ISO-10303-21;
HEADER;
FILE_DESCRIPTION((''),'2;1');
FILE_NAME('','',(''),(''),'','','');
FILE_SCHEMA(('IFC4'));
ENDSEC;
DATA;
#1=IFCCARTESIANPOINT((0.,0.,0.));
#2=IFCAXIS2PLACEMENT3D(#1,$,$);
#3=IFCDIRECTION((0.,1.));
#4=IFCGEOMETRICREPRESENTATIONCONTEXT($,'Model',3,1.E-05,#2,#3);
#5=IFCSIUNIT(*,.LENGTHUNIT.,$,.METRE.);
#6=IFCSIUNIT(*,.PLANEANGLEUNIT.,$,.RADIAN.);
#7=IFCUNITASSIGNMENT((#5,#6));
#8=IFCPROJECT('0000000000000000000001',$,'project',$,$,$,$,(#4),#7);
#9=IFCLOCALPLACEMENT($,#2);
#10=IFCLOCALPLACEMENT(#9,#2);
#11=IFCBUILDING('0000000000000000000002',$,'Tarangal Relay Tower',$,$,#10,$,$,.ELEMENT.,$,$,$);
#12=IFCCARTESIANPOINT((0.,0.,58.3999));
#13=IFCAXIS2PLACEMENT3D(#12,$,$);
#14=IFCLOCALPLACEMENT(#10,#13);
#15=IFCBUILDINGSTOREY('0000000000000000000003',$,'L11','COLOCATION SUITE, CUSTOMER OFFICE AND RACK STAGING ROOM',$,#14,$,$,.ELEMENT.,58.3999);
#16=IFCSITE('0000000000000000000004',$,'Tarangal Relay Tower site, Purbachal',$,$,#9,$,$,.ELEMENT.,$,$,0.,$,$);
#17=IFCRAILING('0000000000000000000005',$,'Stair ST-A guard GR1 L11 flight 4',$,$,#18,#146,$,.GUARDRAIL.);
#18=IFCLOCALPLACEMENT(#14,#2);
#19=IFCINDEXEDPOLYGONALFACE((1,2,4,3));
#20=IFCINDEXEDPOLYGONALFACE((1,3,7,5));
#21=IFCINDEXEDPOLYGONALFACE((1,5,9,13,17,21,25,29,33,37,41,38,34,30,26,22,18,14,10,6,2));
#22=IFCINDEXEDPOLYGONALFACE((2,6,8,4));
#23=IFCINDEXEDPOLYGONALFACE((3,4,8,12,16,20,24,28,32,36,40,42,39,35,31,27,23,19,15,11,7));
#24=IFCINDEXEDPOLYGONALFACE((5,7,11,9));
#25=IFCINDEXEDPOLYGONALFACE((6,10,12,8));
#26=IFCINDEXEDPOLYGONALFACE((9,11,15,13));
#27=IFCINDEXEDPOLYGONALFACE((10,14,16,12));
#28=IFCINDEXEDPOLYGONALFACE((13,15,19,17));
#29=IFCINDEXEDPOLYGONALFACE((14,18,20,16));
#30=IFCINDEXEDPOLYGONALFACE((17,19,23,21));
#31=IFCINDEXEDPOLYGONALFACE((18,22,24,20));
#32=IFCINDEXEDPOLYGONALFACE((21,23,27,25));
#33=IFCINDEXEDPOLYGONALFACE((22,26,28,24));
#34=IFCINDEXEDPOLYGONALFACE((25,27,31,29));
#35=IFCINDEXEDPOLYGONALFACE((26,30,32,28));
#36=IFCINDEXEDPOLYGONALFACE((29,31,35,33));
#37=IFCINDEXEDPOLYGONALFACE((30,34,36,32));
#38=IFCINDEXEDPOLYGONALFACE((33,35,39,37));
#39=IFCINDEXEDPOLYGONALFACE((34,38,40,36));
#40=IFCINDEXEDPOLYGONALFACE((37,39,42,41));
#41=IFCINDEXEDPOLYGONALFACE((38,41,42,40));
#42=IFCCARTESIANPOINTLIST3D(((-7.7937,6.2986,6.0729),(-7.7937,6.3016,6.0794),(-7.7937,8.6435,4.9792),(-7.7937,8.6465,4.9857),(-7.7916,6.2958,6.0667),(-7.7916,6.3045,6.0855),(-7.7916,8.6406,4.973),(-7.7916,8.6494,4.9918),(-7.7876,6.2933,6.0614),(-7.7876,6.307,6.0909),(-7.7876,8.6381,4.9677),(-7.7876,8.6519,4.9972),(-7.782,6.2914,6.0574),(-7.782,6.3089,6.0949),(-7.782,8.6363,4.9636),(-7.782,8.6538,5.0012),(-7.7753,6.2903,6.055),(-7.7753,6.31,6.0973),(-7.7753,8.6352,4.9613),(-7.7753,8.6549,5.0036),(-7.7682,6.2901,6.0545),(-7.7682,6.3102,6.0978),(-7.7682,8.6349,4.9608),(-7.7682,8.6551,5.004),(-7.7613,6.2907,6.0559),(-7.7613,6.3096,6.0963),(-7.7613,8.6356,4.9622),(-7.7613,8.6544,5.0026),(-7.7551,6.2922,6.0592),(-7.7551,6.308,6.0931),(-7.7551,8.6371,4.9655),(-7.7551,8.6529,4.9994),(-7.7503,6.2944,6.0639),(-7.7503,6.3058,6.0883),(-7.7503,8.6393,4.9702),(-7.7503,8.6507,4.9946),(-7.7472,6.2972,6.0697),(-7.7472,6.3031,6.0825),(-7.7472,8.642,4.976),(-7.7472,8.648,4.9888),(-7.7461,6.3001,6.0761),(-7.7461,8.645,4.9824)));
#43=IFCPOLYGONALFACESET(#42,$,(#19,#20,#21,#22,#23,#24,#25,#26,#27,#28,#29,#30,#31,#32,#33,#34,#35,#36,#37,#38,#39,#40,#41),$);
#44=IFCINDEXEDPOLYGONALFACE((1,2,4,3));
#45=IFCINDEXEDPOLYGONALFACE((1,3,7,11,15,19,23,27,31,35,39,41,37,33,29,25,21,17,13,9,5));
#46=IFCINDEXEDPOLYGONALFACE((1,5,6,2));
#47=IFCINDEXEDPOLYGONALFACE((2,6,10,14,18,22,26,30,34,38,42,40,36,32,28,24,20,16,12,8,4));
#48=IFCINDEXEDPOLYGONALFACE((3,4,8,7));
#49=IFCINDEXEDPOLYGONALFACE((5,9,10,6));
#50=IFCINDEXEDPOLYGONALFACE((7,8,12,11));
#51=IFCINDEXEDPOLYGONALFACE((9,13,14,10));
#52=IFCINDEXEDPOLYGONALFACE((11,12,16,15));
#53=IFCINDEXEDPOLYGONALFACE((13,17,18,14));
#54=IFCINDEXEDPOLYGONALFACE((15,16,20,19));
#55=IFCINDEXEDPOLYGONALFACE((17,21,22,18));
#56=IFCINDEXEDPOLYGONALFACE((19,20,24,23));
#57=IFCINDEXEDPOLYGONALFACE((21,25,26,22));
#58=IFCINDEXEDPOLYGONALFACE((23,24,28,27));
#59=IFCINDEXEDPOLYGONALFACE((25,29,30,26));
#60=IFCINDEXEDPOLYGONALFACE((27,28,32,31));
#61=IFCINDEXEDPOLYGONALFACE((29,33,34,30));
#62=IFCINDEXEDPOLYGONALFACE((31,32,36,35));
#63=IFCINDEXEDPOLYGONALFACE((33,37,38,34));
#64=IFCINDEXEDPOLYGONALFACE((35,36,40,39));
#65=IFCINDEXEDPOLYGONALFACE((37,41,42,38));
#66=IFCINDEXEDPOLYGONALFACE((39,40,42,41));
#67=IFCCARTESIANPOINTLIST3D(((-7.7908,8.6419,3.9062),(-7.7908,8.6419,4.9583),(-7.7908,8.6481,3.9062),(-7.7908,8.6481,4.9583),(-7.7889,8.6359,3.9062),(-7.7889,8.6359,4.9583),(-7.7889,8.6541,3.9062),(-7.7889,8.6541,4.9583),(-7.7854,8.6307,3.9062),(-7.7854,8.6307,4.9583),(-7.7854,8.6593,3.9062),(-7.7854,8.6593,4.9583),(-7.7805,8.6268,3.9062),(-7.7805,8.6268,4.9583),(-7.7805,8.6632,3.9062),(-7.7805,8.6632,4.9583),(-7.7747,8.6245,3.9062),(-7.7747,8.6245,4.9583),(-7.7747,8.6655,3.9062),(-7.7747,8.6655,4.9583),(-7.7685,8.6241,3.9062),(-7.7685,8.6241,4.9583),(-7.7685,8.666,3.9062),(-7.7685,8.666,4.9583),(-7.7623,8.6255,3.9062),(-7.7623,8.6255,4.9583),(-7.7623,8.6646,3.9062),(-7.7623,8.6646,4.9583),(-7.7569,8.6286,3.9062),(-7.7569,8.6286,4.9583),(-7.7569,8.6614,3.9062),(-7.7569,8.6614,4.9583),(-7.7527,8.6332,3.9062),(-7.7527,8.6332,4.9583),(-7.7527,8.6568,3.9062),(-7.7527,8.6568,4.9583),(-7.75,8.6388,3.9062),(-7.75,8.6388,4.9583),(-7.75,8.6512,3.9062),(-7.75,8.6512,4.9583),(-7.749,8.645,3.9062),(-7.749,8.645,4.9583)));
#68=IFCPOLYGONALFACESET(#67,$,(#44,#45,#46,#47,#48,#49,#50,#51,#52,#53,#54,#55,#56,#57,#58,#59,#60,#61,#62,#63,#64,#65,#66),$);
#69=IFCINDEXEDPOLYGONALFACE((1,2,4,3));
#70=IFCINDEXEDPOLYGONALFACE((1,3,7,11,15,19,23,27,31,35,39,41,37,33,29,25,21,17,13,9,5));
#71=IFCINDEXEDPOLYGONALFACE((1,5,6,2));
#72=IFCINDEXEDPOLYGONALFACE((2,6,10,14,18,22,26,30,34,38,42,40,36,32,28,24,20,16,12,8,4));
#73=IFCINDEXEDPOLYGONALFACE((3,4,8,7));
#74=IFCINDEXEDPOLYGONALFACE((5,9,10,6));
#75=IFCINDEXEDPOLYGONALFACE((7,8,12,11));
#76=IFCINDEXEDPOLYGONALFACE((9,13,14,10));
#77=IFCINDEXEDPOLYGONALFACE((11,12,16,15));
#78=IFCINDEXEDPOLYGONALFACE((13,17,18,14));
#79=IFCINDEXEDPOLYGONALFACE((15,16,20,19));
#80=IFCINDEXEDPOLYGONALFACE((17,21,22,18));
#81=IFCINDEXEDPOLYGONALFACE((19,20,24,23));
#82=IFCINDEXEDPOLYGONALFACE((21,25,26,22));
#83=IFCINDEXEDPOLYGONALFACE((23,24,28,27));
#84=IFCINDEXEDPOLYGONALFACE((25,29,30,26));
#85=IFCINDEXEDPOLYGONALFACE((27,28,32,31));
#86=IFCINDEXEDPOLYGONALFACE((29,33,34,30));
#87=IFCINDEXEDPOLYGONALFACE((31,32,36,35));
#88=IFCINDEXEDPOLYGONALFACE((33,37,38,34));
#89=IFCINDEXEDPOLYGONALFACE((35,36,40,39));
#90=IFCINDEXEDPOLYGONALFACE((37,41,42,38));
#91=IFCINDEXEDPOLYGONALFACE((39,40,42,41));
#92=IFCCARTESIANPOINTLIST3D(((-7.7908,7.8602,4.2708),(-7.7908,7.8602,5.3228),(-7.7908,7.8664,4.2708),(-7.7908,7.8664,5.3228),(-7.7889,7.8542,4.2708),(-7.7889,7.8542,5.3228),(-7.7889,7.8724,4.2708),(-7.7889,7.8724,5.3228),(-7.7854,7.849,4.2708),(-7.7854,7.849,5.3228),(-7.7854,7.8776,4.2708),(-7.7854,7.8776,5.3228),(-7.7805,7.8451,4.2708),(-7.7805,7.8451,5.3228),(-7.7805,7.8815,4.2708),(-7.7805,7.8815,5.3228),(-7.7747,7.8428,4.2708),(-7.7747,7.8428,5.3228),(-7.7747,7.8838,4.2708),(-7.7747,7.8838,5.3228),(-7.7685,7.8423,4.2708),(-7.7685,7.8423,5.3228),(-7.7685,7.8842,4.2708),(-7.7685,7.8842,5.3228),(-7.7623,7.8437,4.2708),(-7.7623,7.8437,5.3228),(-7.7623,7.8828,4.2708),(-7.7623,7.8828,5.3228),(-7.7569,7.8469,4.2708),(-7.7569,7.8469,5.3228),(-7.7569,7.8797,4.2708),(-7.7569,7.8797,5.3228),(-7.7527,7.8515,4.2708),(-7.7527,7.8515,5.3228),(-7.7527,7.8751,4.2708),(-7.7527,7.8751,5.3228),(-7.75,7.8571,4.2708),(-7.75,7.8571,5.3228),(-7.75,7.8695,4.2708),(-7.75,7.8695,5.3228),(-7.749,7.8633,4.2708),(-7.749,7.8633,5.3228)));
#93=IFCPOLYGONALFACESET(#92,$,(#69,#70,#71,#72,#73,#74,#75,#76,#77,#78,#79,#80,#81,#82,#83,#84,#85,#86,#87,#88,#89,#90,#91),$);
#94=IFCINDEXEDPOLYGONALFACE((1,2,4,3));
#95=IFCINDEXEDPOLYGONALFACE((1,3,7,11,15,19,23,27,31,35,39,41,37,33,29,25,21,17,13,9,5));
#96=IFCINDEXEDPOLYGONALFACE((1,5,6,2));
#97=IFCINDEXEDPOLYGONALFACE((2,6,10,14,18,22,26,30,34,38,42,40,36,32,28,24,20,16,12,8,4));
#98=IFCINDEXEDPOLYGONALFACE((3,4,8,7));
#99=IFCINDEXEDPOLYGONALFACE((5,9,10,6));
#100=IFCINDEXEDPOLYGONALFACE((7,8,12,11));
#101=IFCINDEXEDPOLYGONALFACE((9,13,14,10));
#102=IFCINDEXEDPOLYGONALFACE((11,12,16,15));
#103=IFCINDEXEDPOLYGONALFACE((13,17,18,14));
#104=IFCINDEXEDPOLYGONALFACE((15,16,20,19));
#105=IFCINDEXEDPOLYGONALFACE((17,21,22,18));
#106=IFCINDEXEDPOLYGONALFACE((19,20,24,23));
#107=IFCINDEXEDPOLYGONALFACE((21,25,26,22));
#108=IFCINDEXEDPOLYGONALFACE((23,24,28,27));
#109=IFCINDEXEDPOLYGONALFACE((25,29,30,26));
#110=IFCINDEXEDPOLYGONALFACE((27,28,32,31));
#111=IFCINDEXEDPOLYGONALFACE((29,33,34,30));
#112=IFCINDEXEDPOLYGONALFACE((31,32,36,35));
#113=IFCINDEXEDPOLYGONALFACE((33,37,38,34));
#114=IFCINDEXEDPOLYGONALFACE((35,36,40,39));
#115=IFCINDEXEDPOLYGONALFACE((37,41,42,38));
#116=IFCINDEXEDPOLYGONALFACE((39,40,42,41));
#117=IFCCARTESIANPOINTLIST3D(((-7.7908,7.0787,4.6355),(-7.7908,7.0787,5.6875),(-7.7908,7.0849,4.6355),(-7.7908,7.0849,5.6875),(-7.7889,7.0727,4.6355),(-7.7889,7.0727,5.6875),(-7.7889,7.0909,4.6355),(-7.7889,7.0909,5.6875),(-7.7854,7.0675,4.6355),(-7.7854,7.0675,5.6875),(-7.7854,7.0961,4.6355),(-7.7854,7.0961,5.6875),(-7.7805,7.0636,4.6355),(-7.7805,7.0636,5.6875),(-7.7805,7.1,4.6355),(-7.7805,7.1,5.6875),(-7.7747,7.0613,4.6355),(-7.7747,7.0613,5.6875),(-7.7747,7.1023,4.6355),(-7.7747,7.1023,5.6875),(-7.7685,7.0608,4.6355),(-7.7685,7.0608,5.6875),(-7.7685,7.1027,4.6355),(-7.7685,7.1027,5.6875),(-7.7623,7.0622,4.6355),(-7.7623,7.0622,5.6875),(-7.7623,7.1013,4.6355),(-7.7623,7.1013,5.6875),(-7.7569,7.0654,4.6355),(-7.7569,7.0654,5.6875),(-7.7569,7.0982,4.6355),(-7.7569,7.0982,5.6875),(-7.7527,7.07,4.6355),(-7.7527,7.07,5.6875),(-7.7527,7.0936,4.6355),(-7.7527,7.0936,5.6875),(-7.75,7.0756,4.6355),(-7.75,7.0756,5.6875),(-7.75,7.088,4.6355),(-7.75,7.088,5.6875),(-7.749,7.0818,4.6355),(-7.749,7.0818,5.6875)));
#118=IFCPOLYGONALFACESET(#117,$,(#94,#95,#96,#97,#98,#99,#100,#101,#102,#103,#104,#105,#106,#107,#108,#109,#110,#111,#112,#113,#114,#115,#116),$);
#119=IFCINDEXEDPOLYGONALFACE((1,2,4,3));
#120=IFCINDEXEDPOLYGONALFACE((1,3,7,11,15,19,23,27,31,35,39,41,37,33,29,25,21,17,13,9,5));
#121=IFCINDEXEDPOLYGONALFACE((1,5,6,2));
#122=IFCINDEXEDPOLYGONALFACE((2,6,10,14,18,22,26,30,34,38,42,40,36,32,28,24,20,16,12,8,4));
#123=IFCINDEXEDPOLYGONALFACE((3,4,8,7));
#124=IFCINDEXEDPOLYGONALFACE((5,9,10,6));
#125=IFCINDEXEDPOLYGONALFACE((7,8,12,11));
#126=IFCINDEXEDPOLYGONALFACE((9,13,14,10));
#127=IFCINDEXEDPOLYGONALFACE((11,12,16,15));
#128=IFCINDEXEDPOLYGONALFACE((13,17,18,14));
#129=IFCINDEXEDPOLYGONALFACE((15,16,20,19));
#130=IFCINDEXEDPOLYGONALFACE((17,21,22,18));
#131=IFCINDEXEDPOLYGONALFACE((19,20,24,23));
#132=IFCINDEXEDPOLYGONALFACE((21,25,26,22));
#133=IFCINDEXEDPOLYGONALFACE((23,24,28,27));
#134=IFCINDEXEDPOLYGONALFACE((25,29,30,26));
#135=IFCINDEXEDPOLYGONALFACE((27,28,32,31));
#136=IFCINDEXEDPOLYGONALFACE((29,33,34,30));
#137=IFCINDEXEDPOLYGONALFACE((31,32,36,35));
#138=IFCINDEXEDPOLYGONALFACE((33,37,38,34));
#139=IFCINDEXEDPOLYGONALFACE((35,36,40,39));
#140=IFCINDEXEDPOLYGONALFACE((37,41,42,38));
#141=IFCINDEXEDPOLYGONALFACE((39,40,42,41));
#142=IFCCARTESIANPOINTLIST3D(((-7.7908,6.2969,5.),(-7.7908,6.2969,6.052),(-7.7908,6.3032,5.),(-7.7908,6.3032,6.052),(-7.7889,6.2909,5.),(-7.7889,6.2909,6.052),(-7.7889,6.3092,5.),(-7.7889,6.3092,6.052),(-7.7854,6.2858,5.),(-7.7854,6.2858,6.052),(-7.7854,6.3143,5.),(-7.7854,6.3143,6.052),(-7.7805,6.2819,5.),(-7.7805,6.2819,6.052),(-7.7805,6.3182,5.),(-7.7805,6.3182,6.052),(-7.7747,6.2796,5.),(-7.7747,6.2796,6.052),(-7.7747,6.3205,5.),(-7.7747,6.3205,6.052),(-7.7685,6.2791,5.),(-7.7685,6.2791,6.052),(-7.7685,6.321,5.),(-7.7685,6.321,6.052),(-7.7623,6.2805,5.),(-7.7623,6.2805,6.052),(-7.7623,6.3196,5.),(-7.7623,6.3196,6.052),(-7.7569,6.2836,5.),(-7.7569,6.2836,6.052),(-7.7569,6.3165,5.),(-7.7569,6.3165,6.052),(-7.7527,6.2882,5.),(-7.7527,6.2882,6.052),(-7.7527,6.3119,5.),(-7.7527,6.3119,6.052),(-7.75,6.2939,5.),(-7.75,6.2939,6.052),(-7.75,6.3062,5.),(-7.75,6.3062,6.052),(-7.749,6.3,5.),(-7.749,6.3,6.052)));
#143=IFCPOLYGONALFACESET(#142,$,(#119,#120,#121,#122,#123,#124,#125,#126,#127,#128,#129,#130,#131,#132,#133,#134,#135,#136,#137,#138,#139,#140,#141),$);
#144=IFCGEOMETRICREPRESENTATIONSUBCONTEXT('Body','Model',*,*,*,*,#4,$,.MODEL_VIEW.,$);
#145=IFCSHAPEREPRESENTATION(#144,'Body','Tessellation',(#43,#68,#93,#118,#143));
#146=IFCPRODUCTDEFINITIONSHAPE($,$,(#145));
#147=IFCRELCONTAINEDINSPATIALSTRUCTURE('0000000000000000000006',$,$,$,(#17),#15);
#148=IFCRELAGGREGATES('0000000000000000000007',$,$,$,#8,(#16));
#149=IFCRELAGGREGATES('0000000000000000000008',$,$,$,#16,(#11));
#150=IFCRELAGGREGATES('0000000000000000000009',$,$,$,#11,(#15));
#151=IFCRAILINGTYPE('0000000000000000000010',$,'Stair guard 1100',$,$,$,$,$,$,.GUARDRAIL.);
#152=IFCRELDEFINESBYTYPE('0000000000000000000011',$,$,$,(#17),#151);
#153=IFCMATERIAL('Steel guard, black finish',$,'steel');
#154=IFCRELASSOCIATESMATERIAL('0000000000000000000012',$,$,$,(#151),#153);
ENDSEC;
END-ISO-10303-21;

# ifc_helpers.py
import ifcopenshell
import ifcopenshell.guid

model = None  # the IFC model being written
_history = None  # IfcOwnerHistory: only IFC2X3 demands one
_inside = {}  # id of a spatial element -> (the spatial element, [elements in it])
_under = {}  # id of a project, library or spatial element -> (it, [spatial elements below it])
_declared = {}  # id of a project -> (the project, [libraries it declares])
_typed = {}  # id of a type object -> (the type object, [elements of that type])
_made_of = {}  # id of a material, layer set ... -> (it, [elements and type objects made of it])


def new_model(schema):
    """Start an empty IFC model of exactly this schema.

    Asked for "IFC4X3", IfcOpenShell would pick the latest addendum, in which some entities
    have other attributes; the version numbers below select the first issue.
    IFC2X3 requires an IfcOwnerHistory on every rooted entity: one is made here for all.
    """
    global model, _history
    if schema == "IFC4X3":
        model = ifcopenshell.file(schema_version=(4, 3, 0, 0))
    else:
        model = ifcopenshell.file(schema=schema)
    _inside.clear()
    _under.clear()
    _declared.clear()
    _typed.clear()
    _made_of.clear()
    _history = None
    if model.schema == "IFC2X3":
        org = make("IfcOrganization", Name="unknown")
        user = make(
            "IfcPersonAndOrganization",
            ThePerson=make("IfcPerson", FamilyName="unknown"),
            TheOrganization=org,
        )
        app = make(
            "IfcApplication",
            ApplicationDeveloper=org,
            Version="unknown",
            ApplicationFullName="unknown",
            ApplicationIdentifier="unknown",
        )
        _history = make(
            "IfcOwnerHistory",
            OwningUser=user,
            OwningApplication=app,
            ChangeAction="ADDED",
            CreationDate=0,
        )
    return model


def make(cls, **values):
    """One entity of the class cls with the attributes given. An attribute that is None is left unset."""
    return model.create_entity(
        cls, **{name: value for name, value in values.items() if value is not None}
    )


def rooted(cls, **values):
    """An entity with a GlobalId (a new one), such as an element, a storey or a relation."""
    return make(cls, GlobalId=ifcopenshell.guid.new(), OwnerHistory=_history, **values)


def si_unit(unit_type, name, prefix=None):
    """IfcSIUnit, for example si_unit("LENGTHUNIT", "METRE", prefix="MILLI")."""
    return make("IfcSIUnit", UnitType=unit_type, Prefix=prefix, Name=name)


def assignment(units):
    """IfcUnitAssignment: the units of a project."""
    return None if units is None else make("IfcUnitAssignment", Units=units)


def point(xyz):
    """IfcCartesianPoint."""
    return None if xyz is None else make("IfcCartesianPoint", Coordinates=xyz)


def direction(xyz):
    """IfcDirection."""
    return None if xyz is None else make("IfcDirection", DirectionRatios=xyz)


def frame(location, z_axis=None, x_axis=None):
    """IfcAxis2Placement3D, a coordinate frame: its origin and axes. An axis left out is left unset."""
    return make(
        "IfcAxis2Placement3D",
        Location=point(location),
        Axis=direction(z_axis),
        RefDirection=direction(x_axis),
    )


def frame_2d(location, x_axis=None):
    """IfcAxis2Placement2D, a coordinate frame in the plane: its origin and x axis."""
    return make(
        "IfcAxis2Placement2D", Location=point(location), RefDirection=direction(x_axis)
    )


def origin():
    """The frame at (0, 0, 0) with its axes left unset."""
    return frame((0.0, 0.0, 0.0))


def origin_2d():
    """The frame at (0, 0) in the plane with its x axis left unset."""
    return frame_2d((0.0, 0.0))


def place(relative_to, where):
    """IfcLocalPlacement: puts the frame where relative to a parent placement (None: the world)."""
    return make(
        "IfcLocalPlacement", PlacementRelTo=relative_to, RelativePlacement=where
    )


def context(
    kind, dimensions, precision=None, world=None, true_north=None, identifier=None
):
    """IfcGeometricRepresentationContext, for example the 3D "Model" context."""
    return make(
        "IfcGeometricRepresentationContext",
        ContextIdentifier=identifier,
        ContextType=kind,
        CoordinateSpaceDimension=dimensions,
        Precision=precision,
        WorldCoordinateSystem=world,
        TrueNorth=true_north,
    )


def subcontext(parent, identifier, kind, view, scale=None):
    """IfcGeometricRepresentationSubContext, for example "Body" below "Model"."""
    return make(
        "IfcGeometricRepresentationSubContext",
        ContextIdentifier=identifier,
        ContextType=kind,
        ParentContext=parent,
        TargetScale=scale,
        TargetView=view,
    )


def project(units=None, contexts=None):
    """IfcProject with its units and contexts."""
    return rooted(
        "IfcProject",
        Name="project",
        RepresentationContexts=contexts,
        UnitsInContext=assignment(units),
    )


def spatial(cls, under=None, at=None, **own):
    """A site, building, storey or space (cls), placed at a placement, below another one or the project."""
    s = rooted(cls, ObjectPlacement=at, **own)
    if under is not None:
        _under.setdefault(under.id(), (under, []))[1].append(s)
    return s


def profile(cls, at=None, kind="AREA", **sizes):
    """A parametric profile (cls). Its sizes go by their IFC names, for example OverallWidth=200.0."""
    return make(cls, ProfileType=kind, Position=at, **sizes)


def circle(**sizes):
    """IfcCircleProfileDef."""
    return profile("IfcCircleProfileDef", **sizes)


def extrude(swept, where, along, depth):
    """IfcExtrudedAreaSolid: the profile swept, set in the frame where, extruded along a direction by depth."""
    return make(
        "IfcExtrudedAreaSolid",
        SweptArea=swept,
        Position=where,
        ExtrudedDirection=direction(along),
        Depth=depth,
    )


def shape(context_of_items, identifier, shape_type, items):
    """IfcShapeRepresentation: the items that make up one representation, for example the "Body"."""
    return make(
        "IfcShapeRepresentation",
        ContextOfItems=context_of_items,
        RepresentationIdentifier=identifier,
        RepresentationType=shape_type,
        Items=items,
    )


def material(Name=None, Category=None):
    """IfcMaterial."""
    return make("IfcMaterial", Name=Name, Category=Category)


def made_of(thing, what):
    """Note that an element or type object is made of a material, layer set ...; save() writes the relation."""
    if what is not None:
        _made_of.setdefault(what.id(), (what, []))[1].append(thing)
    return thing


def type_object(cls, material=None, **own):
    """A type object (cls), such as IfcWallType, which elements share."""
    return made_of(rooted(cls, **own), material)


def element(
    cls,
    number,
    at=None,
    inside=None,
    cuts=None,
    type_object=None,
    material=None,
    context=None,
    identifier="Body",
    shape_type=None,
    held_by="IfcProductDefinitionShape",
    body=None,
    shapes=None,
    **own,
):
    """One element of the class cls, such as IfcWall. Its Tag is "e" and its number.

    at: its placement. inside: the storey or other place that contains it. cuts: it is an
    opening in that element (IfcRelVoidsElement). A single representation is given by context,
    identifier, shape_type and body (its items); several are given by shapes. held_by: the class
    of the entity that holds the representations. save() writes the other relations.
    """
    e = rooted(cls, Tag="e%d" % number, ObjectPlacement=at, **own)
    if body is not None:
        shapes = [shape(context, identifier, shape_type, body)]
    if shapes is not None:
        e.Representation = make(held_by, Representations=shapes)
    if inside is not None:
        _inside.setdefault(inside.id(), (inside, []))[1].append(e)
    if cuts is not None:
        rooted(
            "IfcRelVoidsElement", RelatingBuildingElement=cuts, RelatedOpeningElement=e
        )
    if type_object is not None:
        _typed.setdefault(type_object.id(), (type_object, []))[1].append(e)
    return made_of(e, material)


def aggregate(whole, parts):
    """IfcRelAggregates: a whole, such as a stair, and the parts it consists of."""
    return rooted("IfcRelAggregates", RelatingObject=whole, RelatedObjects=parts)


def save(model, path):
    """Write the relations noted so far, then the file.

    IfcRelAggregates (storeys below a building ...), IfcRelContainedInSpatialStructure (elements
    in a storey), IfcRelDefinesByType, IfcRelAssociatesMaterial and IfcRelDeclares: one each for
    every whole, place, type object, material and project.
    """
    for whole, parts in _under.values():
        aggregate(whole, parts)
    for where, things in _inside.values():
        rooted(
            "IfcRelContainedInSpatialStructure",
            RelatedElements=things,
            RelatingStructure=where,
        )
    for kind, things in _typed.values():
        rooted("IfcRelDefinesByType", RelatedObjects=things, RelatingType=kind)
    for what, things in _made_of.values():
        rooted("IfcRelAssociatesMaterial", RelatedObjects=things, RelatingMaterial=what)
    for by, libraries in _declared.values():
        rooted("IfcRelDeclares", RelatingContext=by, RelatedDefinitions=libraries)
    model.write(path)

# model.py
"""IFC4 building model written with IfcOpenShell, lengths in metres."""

from ifc_helpers import new_model, si_unit, direction, frame, origin, origin_2d, place, context, subcontext, project, spatial, circle, extrude, material, type_object, element, save


model = new_model("IFC4")

# Units and contexts
model_context = context("Model", 3, precision=1e-05, world=origin(), true_north=direction((0.0, 1.0)))
body_context = subcontext(model_context, "Body", "Model", "MODEL_VIEW")
ifc_project = project(units=[si_unit("LENGTHUNIT", "METRE"), si_unit("PLANEANGLEUNIT", "RADIAN")], contexts=[model_context])

# Site, building, storey
site_placement = place(None, origin())
site = spatial("IfcSite", under=ifc_project, at=site_placement, Name="Tarangal Relay Tower site, Purbachal", CompositionType="ELEMENT", RefElevation=0.0)
building_placement = place(site_placement, origin())
building = spatial("IfcBuilding", under=site, at=building_placement, Name="Tarangal Relay Tower", CompositionType="ELEMENT")
storey_placement = place(building_placement, frame((0.0, 0.0, 58.3999)))
storey = spatial("IfcBuildingStorey", under=building, at=storey_placement, Name="L11", Description="COLOCATION SUITE, CUSTOMER OFFICE AND RACK STAGING ROOM", CompositionType="ELEMENT", Elevation=58.3999)

# Railing
ifc_material_1 = material(Name="Steel guard, black finish", Category="steel")
railing_type_1 = type_object("IfcRailingType", Name="Stair guard 1100", PredefinedType="GUARDRAIL", material=ifc_material_1)
for number, where, name in (
    (1, (-7.77, 8.645, 3.9062), "Stair ST-A guard GR1 L11 flight 4"),
):
    element("IfcRailing", number, at=place(storey_placement, frame(where)), inside=storey, type_object=railing_type_1, Name=name, PredefinedType="GUARDRAIL", context=body_context, shape_type="SweptSolid", body=[
        extrude(circle(Radius=0.0239, at=origin_2d()), frame((0.0, 0.0, 1.0762), z_axis=(0.0, -0.906267, 0.422705), x_axis=(1.0, 0.0, 0.0)), (0.0, 0.0, 1.0), 2.5874),
        extrude(circle(Radius=0.021, at=origin_2d()), origin(), (0.0, 0.0, 1.0), 1.052),
        extrude(circle(Radius=0.021, at=origin_2d()), frame((0.0, -0.7817, 0.3645)), (0.0, 0.0, 1.0), 1.052),
        extrude(circle(Radius=0.021, at=origin_2d()), frame((0.0, -1.5632, 0.7292)), (0.0, 0.0, 1.0), 1.052),
        extrude(circle(Radius=0.021, at=origin_2d()), frame((0.0, -2.345, 1.0938)), (0.0, 0.0, 1.0), 1.052),
    ])

save(model, "model.ifc")
